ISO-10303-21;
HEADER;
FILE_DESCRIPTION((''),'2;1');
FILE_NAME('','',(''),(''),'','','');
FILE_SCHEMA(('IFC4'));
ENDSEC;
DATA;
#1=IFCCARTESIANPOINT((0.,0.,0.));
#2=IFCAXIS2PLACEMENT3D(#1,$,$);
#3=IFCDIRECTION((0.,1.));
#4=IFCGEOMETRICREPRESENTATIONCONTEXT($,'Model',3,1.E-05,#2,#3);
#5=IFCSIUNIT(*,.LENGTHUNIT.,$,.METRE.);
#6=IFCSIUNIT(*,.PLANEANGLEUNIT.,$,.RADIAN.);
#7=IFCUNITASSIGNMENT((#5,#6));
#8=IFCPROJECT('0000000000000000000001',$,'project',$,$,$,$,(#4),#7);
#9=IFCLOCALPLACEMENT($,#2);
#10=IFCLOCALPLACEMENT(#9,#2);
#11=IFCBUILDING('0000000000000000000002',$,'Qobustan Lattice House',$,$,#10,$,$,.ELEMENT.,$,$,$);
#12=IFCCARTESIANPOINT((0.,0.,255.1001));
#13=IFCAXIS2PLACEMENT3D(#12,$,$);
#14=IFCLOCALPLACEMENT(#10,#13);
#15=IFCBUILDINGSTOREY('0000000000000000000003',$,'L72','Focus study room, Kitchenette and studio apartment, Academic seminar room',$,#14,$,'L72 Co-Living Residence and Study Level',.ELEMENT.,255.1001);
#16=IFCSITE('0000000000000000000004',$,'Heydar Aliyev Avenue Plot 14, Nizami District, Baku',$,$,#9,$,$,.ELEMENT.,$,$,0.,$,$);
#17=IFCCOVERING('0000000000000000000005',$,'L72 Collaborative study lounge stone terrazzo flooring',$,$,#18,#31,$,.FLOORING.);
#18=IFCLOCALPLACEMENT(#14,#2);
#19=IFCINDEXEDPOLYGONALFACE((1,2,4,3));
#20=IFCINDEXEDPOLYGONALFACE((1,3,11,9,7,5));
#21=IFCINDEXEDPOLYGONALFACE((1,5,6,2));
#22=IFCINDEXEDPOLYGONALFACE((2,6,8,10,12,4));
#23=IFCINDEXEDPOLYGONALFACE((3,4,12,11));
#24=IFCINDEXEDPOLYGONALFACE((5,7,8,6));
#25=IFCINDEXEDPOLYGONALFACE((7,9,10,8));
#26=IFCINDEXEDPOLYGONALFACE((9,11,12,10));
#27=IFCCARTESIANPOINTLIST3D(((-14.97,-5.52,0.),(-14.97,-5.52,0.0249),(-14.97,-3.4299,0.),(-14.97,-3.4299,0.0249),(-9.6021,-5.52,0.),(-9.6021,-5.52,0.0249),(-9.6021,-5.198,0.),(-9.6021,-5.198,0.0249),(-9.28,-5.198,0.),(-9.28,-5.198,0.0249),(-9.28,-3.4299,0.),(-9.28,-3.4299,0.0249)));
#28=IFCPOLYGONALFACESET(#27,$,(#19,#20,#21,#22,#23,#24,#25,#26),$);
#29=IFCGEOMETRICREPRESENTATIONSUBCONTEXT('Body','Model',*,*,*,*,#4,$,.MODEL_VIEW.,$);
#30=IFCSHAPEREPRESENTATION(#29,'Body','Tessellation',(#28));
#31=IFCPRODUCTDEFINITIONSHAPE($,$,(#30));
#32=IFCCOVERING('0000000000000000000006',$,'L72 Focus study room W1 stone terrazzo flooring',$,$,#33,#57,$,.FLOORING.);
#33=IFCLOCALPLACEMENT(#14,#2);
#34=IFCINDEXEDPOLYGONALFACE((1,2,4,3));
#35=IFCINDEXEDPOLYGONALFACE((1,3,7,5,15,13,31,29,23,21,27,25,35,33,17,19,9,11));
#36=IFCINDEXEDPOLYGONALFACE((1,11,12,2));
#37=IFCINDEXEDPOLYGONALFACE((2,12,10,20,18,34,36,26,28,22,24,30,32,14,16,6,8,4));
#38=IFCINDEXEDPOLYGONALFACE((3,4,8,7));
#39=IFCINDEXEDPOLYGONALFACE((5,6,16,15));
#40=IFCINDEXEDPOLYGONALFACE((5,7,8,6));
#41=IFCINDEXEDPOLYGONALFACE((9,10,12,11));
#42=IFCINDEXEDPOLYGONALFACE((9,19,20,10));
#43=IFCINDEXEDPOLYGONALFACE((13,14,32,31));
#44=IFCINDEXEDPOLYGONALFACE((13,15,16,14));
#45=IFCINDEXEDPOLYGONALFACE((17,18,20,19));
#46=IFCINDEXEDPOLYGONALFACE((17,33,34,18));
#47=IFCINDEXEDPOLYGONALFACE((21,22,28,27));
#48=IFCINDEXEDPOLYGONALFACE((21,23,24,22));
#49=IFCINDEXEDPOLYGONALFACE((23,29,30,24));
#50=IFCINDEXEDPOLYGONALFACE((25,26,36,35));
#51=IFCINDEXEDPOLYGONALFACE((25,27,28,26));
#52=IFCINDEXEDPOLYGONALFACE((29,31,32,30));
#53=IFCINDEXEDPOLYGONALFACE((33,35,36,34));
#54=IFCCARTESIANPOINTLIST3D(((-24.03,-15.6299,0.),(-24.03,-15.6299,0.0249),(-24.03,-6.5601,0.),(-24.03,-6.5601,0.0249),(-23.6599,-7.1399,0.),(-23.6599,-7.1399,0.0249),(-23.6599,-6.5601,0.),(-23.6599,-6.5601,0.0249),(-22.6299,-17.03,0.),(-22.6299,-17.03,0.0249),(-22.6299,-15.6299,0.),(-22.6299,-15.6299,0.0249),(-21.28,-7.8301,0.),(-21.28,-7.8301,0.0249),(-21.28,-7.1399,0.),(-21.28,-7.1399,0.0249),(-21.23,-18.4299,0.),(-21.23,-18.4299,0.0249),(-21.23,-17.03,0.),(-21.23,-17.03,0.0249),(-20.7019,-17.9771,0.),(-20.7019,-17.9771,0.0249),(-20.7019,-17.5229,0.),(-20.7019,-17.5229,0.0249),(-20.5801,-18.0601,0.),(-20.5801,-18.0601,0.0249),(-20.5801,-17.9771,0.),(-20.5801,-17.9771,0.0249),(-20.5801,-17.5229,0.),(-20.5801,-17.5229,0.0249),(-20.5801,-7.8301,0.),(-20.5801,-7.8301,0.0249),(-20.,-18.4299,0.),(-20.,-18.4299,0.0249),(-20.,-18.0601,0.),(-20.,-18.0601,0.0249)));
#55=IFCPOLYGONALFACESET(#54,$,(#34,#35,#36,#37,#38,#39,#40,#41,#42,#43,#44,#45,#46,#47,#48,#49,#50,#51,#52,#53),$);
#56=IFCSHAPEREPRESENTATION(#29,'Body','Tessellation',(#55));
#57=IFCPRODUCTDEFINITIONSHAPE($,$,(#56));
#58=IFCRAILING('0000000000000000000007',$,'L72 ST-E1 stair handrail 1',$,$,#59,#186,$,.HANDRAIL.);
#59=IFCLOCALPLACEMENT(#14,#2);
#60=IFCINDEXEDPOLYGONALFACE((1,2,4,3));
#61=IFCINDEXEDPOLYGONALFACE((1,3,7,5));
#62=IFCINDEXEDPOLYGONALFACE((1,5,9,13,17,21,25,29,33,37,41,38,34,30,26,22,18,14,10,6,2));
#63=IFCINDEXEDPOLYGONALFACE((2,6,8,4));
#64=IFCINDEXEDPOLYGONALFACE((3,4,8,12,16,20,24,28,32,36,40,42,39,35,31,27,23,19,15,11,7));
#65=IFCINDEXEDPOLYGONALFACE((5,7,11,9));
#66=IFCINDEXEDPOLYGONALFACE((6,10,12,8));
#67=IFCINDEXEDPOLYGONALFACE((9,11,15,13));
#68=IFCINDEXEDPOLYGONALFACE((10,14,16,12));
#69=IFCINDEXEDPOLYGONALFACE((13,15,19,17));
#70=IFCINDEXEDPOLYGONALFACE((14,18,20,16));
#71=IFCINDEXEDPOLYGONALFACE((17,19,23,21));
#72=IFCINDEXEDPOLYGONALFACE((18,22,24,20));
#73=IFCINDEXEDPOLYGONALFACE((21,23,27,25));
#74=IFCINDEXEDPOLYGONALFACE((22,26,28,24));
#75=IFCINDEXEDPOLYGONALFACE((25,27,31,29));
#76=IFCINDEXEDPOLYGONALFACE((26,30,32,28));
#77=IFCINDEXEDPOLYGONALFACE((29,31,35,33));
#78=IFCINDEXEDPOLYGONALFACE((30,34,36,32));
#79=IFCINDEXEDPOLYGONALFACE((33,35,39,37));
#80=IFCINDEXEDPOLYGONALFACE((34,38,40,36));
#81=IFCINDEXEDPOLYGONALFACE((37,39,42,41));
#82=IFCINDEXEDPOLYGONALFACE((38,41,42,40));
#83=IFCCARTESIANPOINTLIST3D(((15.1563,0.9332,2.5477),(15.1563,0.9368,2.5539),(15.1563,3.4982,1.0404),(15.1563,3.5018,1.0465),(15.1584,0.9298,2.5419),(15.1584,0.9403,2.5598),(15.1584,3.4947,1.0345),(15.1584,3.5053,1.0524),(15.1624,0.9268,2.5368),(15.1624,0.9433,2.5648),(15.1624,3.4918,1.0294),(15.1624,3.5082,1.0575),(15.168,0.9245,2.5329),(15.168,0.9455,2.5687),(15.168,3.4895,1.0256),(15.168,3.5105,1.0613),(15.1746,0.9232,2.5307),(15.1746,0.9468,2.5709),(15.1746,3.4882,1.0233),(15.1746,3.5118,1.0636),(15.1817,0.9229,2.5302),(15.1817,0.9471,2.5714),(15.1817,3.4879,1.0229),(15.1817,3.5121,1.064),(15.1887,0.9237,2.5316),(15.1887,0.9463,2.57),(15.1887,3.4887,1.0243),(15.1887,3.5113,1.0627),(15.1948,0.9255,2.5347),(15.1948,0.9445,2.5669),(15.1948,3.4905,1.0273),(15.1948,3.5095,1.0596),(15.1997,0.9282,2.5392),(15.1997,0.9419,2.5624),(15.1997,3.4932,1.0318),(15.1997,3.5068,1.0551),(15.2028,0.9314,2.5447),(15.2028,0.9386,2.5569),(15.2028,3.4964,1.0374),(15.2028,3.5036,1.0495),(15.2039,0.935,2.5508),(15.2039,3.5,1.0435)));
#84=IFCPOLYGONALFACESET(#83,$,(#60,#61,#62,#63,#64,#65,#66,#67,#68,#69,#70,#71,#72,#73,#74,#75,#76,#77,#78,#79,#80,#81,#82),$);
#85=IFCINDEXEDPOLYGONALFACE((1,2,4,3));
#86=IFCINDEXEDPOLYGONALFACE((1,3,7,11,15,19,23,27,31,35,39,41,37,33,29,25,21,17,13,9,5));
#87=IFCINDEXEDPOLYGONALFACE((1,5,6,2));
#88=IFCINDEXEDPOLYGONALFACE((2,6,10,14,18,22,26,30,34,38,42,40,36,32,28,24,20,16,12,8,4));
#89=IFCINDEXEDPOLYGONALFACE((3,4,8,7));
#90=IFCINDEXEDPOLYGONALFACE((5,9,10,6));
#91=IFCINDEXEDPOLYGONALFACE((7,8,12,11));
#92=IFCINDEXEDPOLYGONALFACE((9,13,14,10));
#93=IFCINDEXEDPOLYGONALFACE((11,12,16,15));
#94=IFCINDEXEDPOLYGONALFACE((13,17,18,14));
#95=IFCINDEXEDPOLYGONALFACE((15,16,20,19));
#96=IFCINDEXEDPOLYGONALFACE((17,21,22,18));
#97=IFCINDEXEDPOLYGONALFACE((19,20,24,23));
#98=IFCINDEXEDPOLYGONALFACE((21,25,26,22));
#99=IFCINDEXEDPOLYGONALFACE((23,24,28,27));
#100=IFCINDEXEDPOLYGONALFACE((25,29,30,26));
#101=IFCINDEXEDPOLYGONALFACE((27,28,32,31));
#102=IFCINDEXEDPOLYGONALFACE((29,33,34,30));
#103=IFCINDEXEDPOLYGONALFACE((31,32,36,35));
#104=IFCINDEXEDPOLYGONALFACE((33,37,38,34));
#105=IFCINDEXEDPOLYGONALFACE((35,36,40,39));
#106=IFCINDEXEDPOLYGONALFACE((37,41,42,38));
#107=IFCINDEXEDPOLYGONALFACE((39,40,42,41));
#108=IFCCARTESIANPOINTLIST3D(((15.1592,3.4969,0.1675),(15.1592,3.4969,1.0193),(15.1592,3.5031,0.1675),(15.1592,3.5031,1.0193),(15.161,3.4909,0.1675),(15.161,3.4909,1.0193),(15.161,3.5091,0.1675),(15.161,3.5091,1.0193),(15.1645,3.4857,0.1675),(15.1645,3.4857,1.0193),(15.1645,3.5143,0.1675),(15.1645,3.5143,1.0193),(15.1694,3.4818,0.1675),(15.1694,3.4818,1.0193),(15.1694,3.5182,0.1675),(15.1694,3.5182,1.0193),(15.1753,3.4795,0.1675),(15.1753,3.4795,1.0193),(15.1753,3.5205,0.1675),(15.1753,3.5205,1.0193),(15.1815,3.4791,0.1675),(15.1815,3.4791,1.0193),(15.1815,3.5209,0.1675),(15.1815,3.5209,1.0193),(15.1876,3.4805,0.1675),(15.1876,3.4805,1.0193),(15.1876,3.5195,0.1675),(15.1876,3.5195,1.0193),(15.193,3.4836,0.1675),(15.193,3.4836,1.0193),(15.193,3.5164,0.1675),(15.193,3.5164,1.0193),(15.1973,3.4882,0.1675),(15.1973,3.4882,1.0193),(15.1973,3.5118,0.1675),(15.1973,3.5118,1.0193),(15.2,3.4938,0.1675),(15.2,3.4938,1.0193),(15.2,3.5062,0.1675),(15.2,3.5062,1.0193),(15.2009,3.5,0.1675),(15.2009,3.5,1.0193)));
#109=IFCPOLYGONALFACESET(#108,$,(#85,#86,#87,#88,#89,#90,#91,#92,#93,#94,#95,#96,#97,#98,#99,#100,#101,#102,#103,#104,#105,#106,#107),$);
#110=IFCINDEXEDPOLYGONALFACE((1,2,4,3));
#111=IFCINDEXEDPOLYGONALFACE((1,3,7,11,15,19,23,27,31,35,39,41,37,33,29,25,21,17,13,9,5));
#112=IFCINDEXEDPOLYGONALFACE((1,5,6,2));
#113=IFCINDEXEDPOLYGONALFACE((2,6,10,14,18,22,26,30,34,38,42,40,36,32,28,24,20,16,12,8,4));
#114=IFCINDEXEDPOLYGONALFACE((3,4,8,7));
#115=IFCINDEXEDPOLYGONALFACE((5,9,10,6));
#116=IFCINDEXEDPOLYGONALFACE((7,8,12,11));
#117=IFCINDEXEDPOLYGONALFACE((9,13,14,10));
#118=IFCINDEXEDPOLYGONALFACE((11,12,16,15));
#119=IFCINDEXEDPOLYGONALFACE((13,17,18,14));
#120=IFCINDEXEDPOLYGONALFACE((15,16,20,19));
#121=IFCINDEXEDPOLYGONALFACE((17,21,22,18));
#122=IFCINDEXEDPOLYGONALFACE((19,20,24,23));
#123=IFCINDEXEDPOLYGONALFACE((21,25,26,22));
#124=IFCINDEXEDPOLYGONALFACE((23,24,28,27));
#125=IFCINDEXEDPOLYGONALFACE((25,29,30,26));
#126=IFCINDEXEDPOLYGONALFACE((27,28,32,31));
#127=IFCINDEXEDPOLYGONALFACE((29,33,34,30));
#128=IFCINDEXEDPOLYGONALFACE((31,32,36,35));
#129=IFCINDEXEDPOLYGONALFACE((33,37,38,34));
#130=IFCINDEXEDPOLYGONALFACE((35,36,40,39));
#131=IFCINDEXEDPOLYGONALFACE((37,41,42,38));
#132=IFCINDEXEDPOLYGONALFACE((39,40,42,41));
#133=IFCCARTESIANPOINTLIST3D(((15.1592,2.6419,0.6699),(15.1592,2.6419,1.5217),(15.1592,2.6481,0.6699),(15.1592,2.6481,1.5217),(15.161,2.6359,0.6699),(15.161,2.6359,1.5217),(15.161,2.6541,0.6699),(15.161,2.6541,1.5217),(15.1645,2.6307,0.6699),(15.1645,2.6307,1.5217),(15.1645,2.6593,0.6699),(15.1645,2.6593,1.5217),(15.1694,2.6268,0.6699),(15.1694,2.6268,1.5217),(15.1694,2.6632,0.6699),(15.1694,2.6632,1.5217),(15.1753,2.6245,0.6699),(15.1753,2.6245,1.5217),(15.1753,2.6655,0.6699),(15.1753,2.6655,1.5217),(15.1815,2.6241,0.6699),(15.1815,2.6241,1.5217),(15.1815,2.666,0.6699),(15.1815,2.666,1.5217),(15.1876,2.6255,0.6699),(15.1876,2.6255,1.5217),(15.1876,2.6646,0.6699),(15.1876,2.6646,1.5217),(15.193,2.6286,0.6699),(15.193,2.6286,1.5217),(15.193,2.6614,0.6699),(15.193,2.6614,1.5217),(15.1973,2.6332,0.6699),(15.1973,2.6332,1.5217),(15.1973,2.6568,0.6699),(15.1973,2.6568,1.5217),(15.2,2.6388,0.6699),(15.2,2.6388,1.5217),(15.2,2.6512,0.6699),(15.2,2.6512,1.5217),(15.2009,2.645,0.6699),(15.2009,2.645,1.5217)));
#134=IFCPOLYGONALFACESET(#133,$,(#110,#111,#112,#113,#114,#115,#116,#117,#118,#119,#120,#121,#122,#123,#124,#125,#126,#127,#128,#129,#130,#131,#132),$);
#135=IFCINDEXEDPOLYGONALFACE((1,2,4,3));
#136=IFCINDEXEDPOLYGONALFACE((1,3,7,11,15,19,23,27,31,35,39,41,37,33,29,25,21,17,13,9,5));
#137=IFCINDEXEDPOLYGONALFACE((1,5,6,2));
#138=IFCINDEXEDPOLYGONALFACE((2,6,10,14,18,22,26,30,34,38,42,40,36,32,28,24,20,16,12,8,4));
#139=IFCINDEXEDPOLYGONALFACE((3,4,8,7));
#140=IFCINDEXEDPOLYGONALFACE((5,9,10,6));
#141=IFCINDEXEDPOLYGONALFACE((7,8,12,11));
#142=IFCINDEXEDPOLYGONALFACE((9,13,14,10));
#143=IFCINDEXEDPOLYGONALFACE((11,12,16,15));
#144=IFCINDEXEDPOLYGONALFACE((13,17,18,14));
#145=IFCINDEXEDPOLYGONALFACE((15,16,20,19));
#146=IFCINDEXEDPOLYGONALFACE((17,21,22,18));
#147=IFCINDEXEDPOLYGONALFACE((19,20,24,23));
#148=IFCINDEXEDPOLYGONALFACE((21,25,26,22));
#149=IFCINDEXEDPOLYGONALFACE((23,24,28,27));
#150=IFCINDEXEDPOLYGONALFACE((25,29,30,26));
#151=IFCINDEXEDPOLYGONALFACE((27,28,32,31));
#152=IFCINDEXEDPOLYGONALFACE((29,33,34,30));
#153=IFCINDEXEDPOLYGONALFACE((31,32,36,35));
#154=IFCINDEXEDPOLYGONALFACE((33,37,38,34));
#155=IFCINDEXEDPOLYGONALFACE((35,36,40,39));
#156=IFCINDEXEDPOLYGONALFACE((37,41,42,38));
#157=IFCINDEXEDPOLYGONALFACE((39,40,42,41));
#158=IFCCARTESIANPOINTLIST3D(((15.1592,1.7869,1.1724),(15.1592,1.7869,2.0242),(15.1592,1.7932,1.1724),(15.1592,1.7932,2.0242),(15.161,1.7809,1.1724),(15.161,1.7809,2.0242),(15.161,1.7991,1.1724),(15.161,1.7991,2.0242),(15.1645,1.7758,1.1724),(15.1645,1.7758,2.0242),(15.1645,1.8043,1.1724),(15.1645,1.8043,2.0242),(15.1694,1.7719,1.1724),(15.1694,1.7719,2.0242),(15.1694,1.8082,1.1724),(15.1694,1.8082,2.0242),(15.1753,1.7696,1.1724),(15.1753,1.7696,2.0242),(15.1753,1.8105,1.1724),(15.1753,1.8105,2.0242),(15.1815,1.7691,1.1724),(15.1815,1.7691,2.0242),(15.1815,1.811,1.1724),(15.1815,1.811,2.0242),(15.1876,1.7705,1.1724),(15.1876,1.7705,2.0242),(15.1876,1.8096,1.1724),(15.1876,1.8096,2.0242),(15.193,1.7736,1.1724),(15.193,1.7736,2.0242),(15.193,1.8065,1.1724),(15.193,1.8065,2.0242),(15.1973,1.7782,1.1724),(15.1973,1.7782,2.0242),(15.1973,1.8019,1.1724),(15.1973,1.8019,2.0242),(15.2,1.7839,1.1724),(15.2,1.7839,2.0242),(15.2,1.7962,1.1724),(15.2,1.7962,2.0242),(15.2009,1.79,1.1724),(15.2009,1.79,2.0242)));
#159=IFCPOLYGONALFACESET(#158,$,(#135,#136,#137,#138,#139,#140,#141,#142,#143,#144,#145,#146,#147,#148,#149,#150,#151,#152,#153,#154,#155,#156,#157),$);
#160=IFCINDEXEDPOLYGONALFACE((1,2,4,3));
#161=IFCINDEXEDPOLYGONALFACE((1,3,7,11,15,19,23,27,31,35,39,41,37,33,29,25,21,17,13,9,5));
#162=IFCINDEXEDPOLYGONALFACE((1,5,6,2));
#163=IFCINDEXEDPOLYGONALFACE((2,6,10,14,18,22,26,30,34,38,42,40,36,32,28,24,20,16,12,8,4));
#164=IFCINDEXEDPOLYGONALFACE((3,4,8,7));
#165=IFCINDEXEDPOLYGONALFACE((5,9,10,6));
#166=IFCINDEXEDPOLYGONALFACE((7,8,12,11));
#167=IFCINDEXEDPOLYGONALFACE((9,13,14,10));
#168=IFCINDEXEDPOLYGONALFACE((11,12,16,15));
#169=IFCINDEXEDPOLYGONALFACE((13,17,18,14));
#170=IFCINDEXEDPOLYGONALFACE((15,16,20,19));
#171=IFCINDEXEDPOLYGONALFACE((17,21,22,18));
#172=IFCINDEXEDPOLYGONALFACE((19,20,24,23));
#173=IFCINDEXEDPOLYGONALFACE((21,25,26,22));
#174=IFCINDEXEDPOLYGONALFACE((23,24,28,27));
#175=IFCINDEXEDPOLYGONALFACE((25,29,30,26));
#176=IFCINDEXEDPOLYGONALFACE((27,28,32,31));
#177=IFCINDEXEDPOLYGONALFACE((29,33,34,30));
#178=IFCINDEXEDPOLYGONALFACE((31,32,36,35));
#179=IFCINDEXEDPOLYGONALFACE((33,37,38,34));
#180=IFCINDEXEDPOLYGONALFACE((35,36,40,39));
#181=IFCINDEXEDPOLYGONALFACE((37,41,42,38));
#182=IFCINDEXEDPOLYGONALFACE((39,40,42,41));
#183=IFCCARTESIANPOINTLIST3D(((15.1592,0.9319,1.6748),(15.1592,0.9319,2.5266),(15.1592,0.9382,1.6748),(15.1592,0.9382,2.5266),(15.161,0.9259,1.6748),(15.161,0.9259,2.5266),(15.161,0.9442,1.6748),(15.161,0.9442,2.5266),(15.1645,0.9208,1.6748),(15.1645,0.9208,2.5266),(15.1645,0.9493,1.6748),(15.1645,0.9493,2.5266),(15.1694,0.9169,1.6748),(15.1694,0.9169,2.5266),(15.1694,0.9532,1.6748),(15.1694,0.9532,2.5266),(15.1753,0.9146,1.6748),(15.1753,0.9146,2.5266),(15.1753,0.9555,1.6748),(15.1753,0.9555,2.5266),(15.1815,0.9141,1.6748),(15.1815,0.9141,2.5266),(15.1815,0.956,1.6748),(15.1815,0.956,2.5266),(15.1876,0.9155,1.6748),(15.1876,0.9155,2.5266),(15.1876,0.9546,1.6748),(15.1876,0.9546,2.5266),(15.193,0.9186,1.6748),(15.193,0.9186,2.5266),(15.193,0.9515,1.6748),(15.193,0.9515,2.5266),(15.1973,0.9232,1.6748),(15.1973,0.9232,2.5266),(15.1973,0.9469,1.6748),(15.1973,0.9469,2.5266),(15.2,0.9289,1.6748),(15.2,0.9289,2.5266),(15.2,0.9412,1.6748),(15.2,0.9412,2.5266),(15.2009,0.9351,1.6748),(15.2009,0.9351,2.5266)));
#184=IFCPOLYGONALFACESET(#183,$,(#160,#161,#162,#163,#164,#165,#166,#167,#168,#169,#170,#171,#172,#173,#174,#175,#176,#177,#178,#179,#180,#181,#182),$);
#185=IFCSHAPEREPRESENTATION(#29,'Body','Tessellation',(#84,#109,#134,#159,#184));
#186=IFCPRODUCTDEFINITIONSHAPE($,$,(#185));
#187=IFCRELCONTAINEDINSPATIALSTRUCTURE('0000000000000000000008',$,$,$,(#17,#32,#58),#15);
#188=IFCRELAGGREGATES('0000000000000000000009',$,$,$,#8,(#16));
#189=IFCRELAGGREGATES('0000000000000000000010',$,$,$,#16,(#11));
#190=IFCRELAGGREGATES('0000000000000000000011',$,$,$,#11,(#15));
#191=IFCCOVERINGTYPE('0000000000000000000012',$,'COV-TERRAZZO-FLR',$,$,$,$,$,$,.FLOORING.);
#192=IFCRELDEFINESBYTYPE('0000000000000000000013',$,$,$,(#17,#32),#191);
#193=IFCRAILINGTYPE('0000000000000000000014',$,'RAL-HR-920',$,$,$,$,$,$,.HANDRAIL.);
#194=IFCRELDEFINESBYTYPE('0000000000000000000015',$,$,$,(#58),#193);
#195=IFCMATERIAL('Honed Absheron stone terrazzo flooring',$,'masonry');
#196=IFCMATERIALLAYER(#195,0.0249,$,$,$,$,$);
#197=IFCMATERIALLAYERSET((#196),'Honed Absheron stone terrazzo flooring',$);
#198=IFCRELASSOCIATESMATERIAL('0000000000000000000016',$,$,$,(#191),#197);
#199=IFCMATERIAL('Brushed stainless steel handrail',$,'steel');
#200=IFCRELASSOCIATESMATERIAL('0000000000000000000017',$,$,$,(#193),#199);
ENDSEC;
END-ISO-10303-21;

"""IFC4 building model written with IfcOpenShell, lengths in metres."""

from ifc_helpers import new_model, si_unit, direction, frame, origin, origin_2d, place, context, subcontext, project, spatial, polyline, circle, outline, extrude, material, layer, layer_set, type_object, element, save


model = new_model("IFC4")

# Units and contexts
model_context = context("Model", 3, precision=1e-05, world=origin(), true_north=direction((0.0, 1.0)))
body_context = subcontext(model_context, "Body", "Model", "MODEL_VIEW")
ifc_project = project(units=[si_unit("LENGTHUNIT", "METRE"), si_unit("PLANEANGLEUNIT", "RADIAN")], contexts=[model_context])

# Site, building, storey
site_placement = place(None, origin())
site = spatial("IfcSite", under=ifc_project, at=site_placement, Name="Heydar Aliyev Avenue Plot 14, Nizami District, Baku", CompositionType="ELEMENT", RefElevation=0.0)
building_placement = place(site_placement, origin())
building = spatial("IfcBuilding", under=site, at=building_placement, Name="Qobustan Lattice House", CompositionType="ELEMENT")
storey_placement = place(building_placement, frame((0.0, 0.0, 255.1001)))
storey = spatial("IfcBuildingStorey", under=building, at=storey_placement, Name="L72", Description="Focus study room, Kitchenette and studio apartment, Academic seminar room", LongName="L72 Co-Living Residence and Study Level", CompositionType="ELEMENT", Elevation=255.1001)

# Coverings
ifc_material_1 = material(Name="Honed Absheron stone terrazzo flooring", Category="masonry")
ifc_layer_1 = layer(ifc_material_1, 0.0249)
ifc_layer_set_1 = layer_set([ifc_layer_1], Name="Honed Absheron stone terrazzo flooring")
covering_type_1 = type_object("IfcCoveringType", Name="COV-TERRAZZO-FLR", PredefinedType="FLOORING", material=ifc_layer_set_1)
covering_1_placement = place(storey_placement, origin())
element("IfcCovering", 1, at=covering_1_placement, inside=storey, type_object=covering_type_1, Name="L72 Collaborative study lounge stone terrazzo flooring", PredefinedType="FLOORING", context=body_context, shape_type="SweptSolid", body=[
    extrude(outline(polyline([(-9.28, -3.4299), (-14.97, -3.4299), (-14.97, -5.52), (-9.6021, -5.52), (-9.6021, -5.198), (-9.28, -5.198), (-9.28, -3.4299)])), origin(), (0.0, 0.0, 1.0), 0.0249),
])
covering_2_placement = place(storey_placement, origin())
element("IfcCovering", 2, at=covering_2_placement, inside=storey, type_object=covering_type_1, Name="L72 Focus study room W1 stone terrazzo flooring", PredefinedType="FLOORING", context=body_context, shape_type="SweptSolid", body=[
    extrude(outline(polyline([(-21.23, -18.4299), (-20.0, -18.4299), (-20.0, -18.0601), (-20.5801, -18.0601), (-20.5801, -17.9771), (-20.7019, -17.9771), (-20.7019, -17.5229), (-20.5801, -17.5229), (-20.5801, -7.8301), (-21.28, -7.8301), (-21.28, -7.1399), (-23.6599, -7.1399), (-23.6599, -6.5601), (-24.03, -6.5601), (-24.03, -15.6299), (-22.6299, -15.6299), (-22.6299, -17.03), (-21.23, -17.03), (-21.23, -18.4299)])), origin(), (0.0, 0.0, 1.0), 0.0249),
])

# Railing
ifc_material_2 = material(Name="Brushed stainless steel handrail", Category="steel")
railing_type = type_object("IfcRailingType", Name="RAL-HR-920", PredefinedType="HANDRAIL", material=ifc_material_2)
railing_placement = place(storey_placement, frame((15.1799, 3.5, 0.1675)))
element("IfcRailing", 3, at=railing_placement, inside=storey, type_object=railing_type, Name="L72 ST-E1 stair handrail 1", PredefinedType="HANDRAIL", context=body_context, shape_type="SweptSolid", body=[
    extrude(circle(Radius=0.0239, at=origin_2d()), frame((0.0, 0.0, 0.876), z_axis=(0.0, -0.862149, 0.506654), x_axis=(1.0, 0.0, 0.0)), (0.0, 0.0, 1.0), 2.9751),
    extrude(circle(Radius=0.021, at=origin_2d()), origin(), (0.0, 0.0, 1.0), 0.8518),
    extrude(circle(Radius=0.021, at=origin_2d()), frame((0.0, -0.855, 0.5024)), (0.0, 0.0, 1.0), 0.8518),
    extrude(circle(Radius=0.021, at=origin_2d()), frame((0.0, -1.71, 1.0049)), (0.0, 0.0, 1.0), 0.8518),
    extrude(circle(Radius=0.021, at=origin_2d()), frame((0.0, -2.5649, 1.5073)), (0.0, 0.0, 1.0), 0.8518),
])

save(model, "model.ifc")
